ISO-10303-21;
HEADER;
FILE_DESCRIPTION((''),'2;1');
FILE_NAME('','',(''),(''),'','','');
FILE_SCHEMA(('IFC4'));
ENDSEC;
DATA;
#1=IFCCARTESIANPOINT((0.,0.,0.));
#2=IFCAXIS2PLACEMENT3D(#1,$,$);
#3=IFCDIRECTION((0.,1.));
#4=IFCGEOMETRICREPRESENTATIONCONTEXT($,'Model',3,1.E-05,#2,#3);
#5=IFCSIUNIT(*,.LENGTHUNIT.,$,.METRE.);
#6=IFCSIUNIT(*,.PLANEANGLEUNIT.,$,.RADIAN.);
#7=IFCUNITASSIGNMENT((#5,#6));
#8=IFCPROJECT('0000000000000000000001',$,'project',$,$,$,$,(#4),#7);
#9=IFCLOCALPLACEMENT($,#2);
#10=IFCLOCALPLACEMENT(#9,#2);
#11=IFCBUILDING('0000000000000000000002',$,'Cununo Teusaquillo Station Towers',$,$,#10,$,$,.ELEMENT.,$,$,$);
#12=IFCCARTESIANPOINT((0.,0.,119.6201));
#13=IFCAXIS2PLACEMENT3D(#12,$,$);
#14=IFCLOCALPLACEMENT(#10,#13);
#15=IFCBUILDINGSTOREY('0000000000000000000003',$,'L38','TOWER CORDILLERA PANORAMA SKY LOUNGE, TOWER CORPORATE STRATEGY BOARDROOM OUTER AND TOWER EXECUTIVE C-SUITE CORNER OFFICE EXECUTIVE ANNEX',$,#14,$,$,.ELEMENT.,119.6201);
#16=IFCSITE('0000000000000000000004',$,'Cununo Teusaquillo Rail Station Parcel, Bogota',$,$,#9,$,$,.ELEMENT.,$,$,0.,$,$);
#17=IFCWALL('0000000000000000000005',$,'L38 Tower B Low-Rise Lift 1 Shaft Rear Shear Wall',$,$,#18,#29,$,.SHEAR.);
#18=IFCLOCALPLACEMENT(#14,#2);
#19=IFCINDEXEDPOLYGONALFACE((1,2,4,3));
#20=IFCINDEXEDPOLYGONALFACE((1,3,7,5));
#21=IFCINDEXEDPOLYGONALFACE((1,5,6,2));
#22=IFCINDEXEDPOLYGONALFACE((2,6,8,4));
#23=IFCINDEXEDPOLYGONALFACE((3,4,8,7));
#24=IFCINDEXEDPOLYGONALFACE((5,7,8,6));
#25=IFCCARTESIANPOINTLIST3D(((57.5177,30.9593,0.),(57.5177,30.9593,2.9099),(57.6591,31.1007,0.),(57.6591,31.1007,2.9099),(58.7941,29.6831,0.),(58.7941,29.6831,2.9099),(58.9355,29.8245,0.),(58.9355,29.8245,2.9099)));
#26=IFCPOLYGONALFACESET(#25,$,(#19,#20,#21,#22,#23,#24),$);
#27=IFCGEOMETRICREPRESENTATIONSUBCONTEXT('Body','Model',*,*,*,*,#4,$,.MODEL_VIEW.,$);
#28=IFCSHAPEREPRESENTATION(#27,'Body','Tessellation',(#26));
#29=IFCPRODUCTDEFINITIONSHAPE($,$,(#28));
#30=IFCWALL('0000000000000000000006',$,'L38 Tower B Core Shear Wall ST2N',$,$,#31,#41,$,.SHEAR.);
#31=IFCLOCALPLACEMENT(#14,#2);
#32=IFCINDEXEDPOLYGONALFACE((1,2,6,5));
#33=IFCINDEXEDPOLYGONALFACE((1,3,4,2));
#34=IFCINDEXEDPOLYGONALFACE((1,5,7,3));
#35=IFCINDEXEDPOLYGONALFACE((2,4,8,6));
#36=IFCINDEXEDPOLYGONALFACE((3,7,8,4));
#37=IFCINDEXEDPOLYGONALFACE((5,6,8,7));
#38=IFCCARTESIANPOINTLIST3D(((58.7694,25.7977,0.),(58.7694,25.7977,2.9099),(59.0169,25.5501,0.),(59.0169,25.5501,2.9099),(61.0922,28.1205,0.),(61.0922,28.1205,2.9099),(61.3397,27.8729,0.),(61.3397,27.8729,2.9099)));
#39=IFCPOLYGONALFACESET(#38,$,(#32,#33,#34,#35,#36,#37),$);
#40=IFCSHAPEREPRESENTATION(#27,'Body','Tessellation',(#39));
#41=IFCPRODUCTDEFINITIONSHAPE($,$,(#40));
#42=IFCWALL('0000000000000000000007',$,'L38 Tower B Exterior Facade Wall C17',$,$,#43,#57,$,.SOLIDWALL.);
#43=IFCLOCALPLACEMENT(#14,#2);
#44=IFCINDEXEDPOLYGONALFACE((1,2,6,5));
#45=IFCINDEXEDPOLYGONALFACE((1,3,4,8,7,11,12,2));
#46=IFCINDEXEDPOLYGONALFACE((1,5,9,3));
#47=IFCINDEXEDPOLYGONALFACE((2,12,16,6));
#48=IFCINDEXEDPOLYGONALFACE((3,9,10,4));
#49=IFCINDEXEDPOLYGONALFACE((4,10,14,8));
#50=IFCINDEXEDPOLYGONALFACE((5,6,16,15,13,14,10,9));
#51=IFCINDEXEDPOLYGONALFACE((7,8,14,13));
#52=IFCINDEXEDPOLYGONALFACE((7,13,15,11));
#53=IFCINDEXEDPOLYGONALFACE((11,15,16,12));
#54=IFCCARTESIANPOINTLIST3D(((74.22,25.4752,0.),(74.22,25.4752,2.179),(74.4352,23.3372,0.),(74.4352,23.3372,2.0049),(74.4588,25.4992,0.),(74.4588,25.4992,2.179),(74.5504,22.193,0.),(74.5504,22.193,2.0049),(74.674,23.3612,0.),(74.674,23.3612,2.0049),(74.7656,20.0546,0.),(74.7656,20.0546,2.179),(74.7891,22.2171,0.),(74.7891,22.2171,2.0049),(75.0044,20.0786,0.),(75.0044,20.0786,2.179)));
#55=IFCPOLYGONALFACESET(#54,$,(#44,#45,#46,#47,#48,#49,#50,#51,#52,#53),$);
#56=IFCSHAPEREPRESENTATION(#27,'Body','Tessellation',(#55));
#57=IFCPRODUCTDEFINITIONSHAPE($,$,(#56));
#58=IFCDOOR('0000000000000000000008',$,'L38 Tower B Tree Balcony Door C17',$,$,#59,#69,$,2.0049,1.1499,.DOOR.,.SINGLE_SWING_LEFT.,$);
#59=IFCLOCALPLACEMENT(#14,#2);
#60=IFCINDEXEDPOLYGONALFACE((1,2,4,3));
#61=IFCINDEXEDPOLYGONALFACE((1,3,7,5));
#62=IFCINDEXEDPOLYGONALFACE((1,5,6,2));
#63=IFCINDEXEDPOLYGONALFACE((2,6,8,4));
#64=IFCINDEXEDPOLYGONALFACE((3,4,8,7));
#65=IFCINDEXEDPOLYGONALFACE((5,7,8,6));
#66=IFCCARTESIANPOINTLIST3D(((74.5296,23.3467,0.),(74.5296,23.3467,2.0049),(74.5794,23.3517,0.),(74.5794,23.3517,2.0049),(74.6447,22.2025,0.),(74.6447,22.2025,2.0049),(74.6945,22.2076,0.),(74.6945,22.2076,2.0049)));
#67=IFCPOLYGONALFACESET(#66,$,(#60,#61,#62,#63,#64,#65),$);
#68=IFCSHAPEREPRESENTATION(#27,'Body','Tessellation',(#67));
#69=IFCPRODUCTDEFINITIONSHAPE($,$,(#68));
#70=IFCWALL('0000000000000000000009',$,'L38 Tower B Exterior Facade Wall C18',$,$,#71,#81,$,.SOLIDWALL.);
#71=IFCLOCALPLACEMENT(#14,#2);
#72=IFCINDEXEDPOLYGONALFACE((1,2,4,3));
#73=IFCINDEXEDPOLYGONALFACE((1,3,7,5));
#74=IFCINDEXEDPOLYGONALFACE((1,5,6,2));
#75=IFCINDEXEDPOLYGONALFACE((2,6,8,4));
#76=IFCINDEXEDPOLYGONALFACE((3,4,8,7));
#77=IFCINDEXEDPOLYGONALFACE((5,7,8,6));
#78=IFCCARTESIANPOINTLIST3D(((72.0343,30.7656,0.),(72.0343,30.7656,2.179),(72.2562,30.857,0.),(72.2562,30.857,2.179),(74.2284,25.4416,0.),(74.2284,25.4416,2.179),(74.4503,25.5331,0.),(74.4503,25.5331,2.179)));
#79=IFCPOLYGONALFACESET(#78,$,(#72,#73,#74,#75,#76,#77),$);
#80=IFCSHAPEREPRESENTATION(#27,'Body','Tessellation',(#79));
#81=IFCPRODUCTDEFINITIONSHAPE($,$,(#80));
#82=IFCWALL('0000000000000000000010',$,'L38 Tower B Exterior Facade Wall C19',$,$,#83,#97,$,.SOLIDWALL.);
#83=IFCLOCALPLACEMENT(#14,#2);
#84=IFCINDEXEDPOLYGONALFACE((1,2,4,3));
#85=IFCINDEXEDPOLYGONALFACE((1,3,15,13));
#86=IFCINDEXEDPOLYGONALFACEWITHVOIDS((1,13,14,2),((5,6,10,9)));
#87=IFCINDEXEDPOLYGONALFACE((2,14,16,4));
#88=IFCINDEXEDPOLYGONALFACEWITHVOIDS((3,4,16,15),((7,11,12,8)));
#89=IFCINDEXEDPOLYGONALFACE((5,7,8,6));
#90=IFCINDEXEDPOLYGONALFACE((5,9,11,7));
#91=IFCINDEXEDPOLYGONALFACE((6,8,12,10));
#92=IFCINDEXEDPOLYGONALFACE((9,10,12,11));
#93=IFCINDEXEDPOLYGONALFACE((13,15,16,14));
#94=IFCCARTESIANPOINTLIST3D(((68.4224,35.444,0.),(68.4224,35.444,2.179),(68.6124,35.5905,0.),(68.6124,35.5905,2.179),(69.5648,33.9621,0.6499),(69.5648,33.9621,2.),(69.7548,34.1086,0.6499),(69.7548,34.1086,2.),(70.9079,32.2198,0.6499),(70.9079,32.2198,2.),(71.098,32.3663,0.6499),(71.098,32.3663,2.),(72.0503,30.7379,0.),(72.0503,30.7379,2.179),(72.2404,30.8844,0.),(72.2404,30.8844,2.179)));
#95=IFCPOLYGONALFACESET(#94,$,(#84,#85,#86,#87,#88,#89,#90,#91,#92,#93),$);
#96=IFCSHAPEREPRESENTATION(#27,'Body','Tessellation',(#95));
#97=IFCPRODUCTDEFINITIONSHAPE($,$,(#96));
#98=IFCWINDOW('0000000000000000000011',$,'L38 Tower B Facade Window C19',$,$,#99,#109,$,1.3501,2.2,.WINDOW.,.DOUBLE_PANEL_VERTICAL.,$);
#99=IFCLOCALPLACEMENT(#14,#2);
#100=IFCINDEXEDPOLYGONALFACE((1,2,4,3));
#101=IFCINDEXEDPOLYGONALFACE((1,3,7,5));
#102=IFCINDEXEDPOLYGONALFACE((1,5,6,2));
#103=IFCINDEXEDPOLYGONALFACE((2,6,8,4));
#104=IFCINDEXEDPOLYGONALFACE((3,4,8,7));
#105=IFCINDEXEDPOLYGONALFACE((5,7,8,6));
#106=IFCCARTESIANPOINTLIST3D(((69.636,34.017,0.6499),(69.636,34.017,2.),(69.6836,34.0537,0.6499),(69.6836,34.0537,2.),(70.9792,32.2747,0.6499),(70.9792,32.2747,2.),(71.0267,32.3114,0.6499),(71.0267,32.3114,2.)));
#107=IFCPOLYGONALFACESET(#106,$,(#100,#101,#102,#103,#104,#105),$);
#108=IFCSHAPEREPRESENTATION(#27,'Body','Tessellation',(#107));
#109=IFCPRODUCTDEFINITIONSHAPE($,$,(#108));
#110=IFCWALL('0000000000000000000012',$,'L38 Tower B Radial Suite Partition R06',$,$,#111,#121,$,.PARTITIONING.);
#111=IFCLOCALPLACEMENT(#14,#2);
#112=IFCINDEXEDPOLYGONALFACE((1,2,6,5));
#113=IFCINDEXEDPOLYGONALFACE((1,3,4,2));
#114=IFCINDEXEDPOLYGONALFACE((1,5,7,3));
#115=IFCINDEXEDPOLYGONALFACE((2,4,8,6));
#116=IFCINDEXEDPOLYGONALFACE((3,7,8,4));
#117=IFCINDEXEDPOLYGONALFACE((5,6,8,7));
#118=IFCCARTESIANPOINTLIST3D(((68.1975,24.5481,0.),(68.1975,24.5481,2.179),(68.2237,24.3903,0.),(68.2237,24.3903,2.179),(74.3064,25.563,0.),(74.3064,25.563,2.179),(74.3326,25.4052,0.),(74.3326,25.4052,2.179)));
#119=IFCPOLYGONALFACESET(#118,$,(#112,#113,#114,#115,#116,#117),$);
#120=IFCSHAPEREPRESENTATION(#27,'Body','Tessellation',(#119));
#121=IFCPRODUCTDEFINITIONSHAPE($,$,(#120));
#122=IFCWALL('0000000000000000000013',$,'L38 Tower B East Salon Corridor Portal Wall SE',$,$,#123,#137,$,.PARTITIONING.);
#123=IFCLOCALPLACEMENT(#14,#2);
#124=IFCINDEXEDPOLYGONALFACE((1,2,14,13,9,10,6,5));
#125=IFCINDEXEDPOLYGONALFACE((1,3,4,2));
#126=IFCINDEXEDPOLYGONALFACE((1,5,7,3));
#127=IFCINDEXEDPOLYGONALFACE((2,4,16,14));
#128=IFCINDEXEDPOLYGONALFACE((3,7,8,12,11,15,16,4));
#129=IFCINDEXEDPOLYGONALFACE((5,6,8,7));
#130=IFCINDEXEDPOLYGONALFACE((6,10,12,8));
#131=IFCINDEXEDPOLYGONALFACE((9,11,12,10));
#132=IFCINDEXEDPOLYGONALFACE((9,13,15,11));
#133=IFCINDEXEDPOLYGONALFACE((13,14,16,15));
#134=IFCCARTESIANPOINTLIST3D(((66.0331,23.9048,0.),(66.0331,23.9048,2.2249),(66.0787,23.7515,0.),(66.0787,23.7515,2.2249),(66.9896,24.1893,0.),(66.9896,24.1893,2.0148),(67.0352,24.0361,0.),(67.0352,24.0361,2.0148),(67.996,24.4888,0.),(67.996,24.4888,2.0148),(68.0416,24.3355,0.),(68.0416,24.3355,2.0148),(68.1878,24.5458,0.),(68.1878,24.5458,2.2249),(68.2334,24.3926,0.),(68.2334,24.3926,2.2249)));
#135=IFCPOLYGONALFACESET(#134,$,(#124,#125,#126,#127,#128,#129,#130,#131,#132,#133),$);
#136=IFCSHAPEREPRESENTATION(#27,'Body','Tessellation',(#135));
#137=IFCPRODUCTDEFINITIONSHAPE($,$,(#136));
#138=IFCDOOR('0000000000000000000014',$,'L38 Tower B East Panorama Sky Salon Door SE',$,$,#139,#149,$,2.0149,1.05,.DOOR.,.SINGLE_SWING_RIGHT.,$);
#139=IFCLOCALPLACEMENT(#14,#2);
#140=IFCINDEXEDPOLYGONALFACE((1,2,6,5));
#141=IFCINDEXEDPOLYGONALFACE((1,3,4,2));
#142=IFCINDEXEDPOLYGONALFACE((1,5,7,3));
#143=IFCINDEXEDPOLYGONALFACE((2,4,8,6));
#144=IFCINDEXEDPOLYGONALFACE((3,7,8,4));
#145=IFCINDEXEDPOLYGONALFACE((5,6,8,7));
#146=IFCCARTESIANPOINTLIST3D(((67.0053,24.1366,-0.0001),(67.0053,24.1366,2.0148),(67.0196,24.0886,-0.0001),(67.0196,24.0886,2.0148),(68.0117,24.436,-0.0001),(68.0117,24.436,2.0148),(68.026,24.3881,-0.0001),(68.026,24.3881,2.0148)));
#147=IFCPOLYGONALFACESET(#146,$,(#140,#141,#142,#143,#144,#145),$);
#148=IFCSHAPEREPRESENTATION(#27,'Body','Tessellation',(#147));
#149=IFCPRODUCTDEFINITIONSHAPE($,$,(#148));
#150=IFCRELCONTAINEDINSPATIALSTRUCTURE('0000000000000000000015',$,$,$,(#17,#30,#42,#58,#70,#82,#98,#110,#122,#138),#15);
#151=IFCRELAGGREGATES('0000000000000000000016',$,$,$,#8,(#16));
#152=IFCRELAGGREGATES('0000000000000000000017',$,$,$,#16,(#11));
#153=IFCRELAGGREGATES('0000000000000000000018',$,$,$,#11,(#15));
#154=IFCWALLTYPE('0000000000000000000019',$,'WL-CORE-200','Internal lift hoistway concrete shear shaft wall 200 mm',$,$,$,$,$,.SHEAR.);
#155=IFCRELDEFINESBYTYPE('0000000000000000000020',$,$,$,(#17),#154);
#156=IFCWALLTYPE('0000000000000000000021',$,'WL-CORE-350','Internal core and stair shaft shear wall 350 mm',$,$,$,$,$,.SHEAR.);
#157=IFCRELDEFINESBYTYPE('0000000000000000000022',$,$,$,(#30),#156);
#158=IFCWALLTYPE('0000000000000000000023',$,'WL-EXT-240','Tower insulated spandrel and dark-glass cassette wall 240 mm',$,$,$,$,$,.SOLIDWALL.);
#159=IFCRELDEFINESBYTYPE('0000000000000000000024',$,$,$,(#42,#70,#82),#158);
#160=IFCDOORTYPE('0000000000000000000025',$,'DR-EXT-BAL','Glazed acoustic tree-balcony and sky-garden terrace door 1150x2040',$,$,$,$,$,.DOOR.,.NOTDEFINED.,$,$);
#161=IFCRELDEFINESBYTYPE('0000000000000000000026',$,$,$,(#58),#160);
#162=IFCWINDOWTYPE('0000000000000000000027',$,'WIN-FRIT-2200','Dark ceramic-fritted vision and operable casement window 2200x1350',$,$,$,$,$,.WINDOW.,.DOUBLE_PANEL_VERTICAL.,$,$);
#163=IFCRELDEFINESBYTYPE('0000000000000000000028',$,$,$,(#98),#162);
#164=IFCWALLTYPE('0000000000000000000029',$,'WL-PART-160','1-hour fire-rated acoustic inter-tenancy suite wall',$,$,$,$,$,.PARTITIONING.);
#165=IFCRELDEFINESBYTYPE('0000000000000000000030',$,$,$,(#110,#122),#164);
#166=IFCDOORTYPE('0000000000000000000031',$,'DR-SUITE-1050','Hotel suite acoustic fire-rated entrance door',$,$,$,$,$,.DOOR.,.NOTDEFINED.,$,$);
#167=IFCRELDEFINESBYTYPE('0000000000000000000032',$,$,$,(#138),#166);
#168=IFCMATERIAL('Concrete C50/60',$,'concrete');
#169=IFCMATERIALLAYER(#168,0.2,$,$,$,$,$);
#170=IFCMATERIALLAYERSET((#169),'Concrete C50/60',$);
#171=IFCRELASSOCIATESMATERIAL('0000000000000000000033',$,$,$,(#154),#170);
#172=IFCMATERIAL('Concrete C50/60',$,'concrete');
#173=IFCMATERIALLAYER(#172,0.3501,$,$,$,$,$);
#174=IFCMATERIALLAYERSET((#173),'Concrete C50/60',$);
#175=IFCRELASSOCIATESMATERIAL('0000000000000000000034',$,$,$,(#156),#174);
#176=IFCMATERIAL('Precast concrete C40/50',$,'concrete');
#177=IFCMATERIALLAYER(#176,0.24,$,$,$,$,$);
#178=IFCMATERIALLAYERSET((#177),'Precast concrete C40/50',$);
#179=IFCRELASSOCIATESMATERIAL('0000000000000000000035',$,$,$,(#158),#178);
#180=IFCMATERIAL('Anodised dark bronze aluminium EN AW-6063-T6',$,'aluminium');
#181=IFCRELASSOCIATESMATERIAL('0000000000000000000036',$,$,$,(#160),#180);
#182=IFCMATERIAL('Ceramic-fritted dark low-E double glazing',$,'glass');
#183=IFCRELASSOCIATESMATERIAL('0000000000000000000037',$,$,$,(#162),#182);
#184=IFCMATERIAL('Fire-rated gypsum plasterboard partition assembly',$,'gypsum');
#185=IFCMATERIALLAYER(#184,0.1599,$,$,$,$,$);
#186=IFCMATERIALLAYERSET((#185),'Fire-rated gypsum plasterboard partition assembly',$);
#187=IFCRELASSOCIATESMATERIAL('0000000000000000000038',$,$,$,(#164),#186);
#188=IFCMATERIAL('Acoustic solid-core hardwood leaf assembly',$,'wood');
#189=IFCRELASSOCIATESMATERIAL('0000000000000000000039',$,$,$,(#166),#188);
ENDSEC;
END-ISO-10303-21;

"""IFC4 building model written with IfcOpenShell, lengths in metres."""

from ifc_helpers import new_model, si_unit, direction, frame, frame_2d, origin, place, context, subcontext, project, spatial, rectangle, extrude, source, transform, mapped, material, layer, layer_set, type_object, element, fill, save


model = new_model("IFC4")

# Units and contexts
model_context = context("Model", 3, precision=1e-05, world=origin(), true_north=direction((0.0, 1.0)))
body_context = subcontext(model_context, "Body", "Model", "MODEL_VIEW")
ifc_project = project(units=[si_unit("LENGTHUNIT", "METRE"), si_unit("PLANEANGLEUNIT", "RADIAN")], contexts=[model_context])

# Site, building, storey
site_placement = place(None, origin())
site = spatial("IfcSite", under=ifc_project, at=site_placement, Name="Cununo Teusaquillo Rail Station Parcel, Bogota", CompositionType="ELEMENT", RefElevation=0.0)
building_placement = place(site_placement, origin())
building = spatial("IfcBuilding", under=site, at=building_placement, Name="Cununo Teusaquillo Station Towers", CompositionType="ELEMENT")
storey_placement = place(building_placement, frame((0.0, 0.0, 119.6201)))
storey = spatial("IfcBuildingStorey", under=building, at=storey_placement, Name="L38", Description="TOWER CORDILLERA PANORAMA SKY LOUNGE, TOWER CORPORATE STRATEGY BOARDROOM OUTER AND TOWER EXECUTIVE C-SUITE CORNER OFFICE EXECUTIVE ANNEX", CompositionType="ELEMENT", Elevation=119.6201)

# Walls
ifc_material_1 = material(Name="Concrete C50/60", Category="concrete")
ifc_layer_1 = layer(ifc_material_1, 0.2)
ifc_layer_set_1 = layer_set([ifc_layer_1], Name="Concrete C50/60")
wall_type_1 = type_object("IfcWallType", Name="WL-CORE-200", Description="Internal lift hoistway concrete shear shaft wall 200 mm", PredefinedType="SHEAR", material=ifc_layer_set_1)
wall_1_placement = place(storey_placement, frame((58.8647, 29.7539, 0.0), z_axis=(0.0, 0.0, 1.0), x_axis=(-0.707174, 0.707039, 0.0)))
element("IfcWall", 1, at=wall_1_placement, inside=storey, type_object=wall_type_1, Name="L38 Tower B Low-Rise Lift 1 Shaft Rear Shear Wall", PredefinedType="SHEAR", context=body_context, shape_type="SweptSolid", body=[
    extrude(rectangle(XDim=1.8049, YDim=0.2, at=frame_2d((0.9023, 0.0))), origin(), (0.0, 0.0, 1.0), 2.9099),
])
ifc_material_2 = material(Name="Concrete C50/60", Category="concrete")
ifc_layer_2 = layer(ifc_material_2, 0.3501)
ifc_layer_set_2 = layer_set([ifc_layer_2], Name="Concrete C50/60")
wall_type_2 = type_object("IfcWallType", Name="WL-CORE-350", Description="Internal core and stair shaft shear wall 350 mm", PredefinedType="SHEAR", material=ifc_layer_set_2)
wall_2_placement = place(storey_placement, frame((58.8931, 25.6738, 0.0), z_axis=(0.0, 0.0, 1.0), x_axis=(0.707107, 0.707107, 0.0)))
element("IfcWall", 2, at=wall_2_placement, inside=storey, type_object=wall_type_2, Name="L38 Tower B Core Shear Wall ST2N", PredefinedType="SHEAR", context=body_context, shape_type="SweptSolid", body=[
    extrude(rectangle(XDim=3.2849, YDim=0.3501, at=frame_2d((1.6426, 0.0))), origin(), (0.0, 0.0, 1.0), 2.9099),
])

# Wall, opening, door
ifc_material_3 = material(Name="Precast concrete C40/50", Category="concrete")
ifc_layer_3 = layer(ifc_material_3, 0.24)
ifc_layer_set_3 = layer_set([ifc_layer_3], Name="Precast concrete C40/50")
wall_type_3 = type_object("IfcWallType", Name="WL-EXT-240", Description="Tower insulated spandrel and dark-glass cassette wall 240 mm", PredefinedType="SOLIDWALL", material=ifc_layer_set_3)
wall_3_placement = place(storey_placement, frame((74.3394, 25.4873, 0.0), z_axis=(0.0, 0.0, 1.0), x_axis=(0.100156, -0.994972, 0.0)))
wall_3 = element("IfcWall", 3, at=wall_3_placement, inside=storey, type_object=wall_type_3, Name="L38 Tower B Exterior Facade Wall C17", PredefinedType="SOLIDWALL", context=body_context, shape_type="SweptSolid", body=[
    extrude(rectangle(XDim=5.448, YDim=0.24, at=frame_2d((2.7241, 0.0))), origin(), (0.0, 0.0, 1.0), 2.179),
])
shared_shape_1 = source(origin(), body_context, "Body", "SweptSolid", [
    extrude(rectangle(XDim=1.1499, YDim=2.0049, at=frame_2d((0.575, 1.0024))), frame((0.0, 0.1299, 0.0), z_axis=(0.0, -1.0, 0.0), x_axis=(1.0, 0.0, 0.0)), (0.0, 0.0, 1.0), 0.26),
])
opening_1_placement = place(wall_3_placement, frame((2.1489, 0.0, 0.0)))
opening_1 = element("IfcOpeningElement", 4, at=opening_1_placement, cuts=wall_3, PredefinedType="OPENING", context=body_context, shape_type="MappedRepresentation", body=[
    mapped(shared_shape_1, transform((0.0, 0.0, 0.0), x_axis=(1.0, 0.0, 0.0), y_axis=(0.0, 1.0, 0.0), z_axis=(0.0, 0.0, 1.0), scale=1.0)),
])
ifc_material_4 = material(Name="Anodised dark bronze aluminium EN AW-6063-T6", Category="aluminium")
door_type_1 = type_object("IfcDoorType", Name="DR-EXT-BAL", Description="Glazed acoustic tree-balcony and sky-garden terrace door 1150x2040", OperationType="NOTDEFINED", PredefinedType="DOOR", material=ifc_material_4)
shared_shape_2 = source(origin(), body_context, "Body", "SweptSolid", [
    extrude(rectangle(XDim=1.1499, YDim=2.0049, at=frame_2d((0.575, 1.0024))), frame((0.0, 0.0249, 0.0), z_axis=(0.0, -1.0, 0.0), x_axis=(1.0, 0.0, 0.0)), (0.0, 0.0, 1.0), 0.05),
])
door_1_placement = place(opening_1_placement, origin())
door_1 = element("IfcDoor", 5, at=door_1_placement, inside=storey, type_object=door_type_1, Name="L38 Tower B Tree Balcony Door C17", OperationType="SINGLE_SWING_LEFT", OverallHeight=2.0049, OverallWidth=1.1499, PredefinedType="DOOR", context=body_context, shape_type="MappedRepresentation", body=[
    mapped(shared_shape_2, transform((0.0, 0.0, 0.0), x_axis=(1.0, 0.0, 0.0), y_axis=(0.0, 1.0, 0.0), z_axis=(0.0, 0.0, 1.0), scale=1.0)),
])
fill(opening_1, door_1)

# Wall
wall_4_placement = place(storey_placement, frame((72.1453, 30.8113, 0.0), z_axis=(0.0, 0.0, 1.0), x_axis=(0.381027, -0.924564, 0.0)))
element("IfcWall", 6, at=wall_4_placement, inside=storey, type_object=wall_type_3, Name="L38 Tower B Exterior Facade Wall C18", PredefinedType="SOLIDWALL", context=body_context, shape_type="SweptSolid", body=[
    extrude(rectangle(XDim=5.7583, YDim=0.24, at=frame_2d((2.8792, 0.0))), origin(), (0.0, 0.0, 1.0), 2.179),
])

# Wall, opening, window
wall_5_placement = place(storey_placement, frame((68.5173, 35.5173, 0.0), z_axis=(0.0, 0.0, 1.0), x_axis=(0.610544, -0.791982, 0.0)))
wall_5 = element("IfcWall", 7, at=wall_5_placement, inside=storey, type_object=wall_type_3, Name="L38 Tower B Exterior Facade Wall C19", PredefinedType="SOLIDWALL", context=body_context, shape_type="SweptSolid", body=[
    extrude(rectangle(XDim=5.9421, YDim=0.24, at=frame_2d((2.9712, 0.0))), origin(), (0.0, 0.0, 1.0), 2.179),
])
shared_shape_3 = source(origin(), body_context, "Body", "SweptSolid", [
    extrude(rectangle(XDim=2.2, YDim=1.3501, at=frame_2d((1.1001, 0.675))), frame((0.0, 0.1299, 0.0), z_axis=(0.0, -1.0, 0.0), x_axis=(1.0, 0.0, 0.0)), (0.0, 0.0, 1.0), 0.26),
])
opening_2_placement = place(wall_5_placement, frame((1.8711, 0.0, 0.6499)))
opening_2 = element("IfcOpeningElement", 8, at=opening_2_placement, cuts=wall_5, PredefinedType="OPENING", context=body_context, shape_type="MappedRepresentation", body=[
    mapped(shared_shape_3, transform((0.0, 0.0, 0.0), x_axis=(1.0, 0.0, 0.0), y_axis=(0.0, 1.0, 0.0), z_axis=(0.0, 0.0, 1.0), scale=1.0)),
])
ifc_material_5 = material(Name="Ceramic-fritted dark low-E double glazing", Category="glass")
window_type = type_object("IfcWindowType", Name="WIN-FRIT-2200", Description="Dark ceramic-fritted vision and operable casement window 2200x1350", PartitioningType="DOUBLE_PANEL_VERTICAL", PredefinedType="WINDOW", material=ifc_material_5)
shared_shape_4 = source(origin(), body_context, "Body", "SweptSolid", [
    extrude(rectangle(XDim=2.2, YDim=1.3501, at=frame_2d((1.1001, 0.675))), frame((0.0, 0.03, 0.0), z_axis=(0.0, -1.0, 0.0), x_axis=(1.0, 0.0, 0.0)), (0.0, 0.0, 1.0), 0.0601),
])
window_placement = place(opening_2_placement, origin())
window = element("IfcWindow", 9, at=window_placement, inside=storey, type_object=window_type, Name="L38 Tower B Facade Window C19", OverallHeight=1.3501, OverallWidth=2.2, PartitioningType="DOUBLE_PANEL_VERTICAL", PredefinedType="WINDOW", context=body_context, shape_type="MappedRepresentation", body=[
    mapped(shared_shape_4, transform((0.0, 0.0, 0.0), x_axis=(1.0, 0.0, 0.0), y_axis=(0.0, 1.0, 0.0), z_axis=(0.0, 0.0, 1.0), scale=1.0)),
])
fill(opening_2, window)

# Wall
ifc_material_6 = material(Name="Fire-rated gypsum plasterboard partition assembly", Category="gypsum")
ifc_layer_4 = layer(ifc_material_6, 0.1599)
ifc_layer_set_4 = layer_set([ifc_layer_4], Name="Fire-rated gypsum plasterboard partition assembly")
wall_type_4 = type_object("IfcWallType", Name="WL-PART-160", Description="1-hour fire-rated acoustic inter-tenancy suite wall", PredefinedType="PARTITIONING", material=ifc_layer_set_4)
wall_6_placement = place(storey_placement, frame((68.2107, 24.4692, 0.0), z_axis=(0.0, 0.0, 1.0), x_axis=(0.986479, 0.163888, 0.0)))
element("IfcWall", 10, at=wall_6_placement, inside=storey, type_object=wall_type_4, Name="L38 Tower B Radial Suite Partition R06", PredefinedType="PARTITIONING", context=body_context, shape_type="SweptSolid", body=[
    extrude(rectangle(XDim=6.1926, YDim=0.1599, at=frame_2d((3.0962, 0.0))), origin(), (0.0, 0.0, 1.0), 2.179),
])

# Wall, opening, door
wall_7_placement = place(storey_placement, frame((66.0559, 23.8281, 0.0), z_axis=(0.0, 0.0, 1.0), x_axis=(0.958475, 0.285175, 0.0)))
wall_7 = element("IfcWall", 11, at=wall_7_placement, inside=storey, type_object=wall_type_4, Name="L38 Tower B East Salon Corridor Portal Wall SE", PredefinedType="PARTITIONING", context=body_context, shape_type="SweptSolid", body=[
    extrude(rectangle(XDim=2.248, YDim=0.1599, at=frame_2d((1.124, 0.0))), origin(), (0.0, 0.0, 1.0), 2.2249),
])
shared_shape_5 = source(origin(), body_context, "Body", "SweptSolid", [
    extrude(rectangle(XDim=1.05, YDim=2.0149, at=frame_2d((0.5249, 1.0073))), frame((0.0, 0.0898, 0.0), z_axis=(0.0, -1.0, 0.0), x_axis=(1.0, 0.0, 0.0)), (0.0, 0.0, 1.0), 0.1799),
])
opening_3_placement = place(wall_7_placement, frame((0.998, 0.0, 0.0)))
opening_3 = element("IfcOpeningElement", 12, at=opening_3_placement, cuts=wall_7, PredefinedType="OPENING", context=body_context, shape_type="MappedRepresentation", body=[
    mapped(shared_shape_5, transform((0.0, 0.0, 0.0), x_axis=(1.0, 0.0, 0.0), y_axis=(0.0, 1.0, 0.0), z_axis=(0.0, 0.0, 1.0), scale=1.0)),
])
ifc_material_7 = material(Name="Acoustic solid-core hardwood leaf assembly", Category="wood")
door_type_2 = type_object("IfcDoorType", Name="DR-SUITE-1050", Description="Hotel suite acoustic fire-rated entrance door", OperationType="NOTDEFINED", PredefinedType="DOOR", material=ifc_material_7)
shared_shape_6 = source(origin(), body_context, "Body", "SweptSolid", [
    extrude(rectangle(XDim=1.05, YDim=2.0149, at=frame_2d((0.5249, 1.0073))), frame((0.0, 0.0249, 0.0), z_axis=(0.0, -1.0, 0.0), x_axis=(1.0, 0.0, 0.0)), (0.0, 0.0, 1.0), 0.05),
])
door_2_placement = place(opening_3_placement, origin())
door_2 = element("IfcDoor", 13, at=door_2_placement, inside=storey, type_object=door_type_2, Name="L38 Tower B East Panorama Sky Salon Door SE", OperationType="SINGLE_SWING_RIGHT", OverallHeight=2.0149, OverallWidth=1.05, PredefinedType="DOOR", context=body_context, shape_type="MappedRepresentation", body=[
    mapped(shared_shape_6, transform((0.0, 0.0, 0.0), x_axis=(1.0, 0.0, 0.0), y_axis=(0.0, 1.0, 0.0), z_axis=(0.0, 0.0, 1.0), scale=1.0)),
])
fill(opening_3, door_2)

save(model, "model.ifc")
